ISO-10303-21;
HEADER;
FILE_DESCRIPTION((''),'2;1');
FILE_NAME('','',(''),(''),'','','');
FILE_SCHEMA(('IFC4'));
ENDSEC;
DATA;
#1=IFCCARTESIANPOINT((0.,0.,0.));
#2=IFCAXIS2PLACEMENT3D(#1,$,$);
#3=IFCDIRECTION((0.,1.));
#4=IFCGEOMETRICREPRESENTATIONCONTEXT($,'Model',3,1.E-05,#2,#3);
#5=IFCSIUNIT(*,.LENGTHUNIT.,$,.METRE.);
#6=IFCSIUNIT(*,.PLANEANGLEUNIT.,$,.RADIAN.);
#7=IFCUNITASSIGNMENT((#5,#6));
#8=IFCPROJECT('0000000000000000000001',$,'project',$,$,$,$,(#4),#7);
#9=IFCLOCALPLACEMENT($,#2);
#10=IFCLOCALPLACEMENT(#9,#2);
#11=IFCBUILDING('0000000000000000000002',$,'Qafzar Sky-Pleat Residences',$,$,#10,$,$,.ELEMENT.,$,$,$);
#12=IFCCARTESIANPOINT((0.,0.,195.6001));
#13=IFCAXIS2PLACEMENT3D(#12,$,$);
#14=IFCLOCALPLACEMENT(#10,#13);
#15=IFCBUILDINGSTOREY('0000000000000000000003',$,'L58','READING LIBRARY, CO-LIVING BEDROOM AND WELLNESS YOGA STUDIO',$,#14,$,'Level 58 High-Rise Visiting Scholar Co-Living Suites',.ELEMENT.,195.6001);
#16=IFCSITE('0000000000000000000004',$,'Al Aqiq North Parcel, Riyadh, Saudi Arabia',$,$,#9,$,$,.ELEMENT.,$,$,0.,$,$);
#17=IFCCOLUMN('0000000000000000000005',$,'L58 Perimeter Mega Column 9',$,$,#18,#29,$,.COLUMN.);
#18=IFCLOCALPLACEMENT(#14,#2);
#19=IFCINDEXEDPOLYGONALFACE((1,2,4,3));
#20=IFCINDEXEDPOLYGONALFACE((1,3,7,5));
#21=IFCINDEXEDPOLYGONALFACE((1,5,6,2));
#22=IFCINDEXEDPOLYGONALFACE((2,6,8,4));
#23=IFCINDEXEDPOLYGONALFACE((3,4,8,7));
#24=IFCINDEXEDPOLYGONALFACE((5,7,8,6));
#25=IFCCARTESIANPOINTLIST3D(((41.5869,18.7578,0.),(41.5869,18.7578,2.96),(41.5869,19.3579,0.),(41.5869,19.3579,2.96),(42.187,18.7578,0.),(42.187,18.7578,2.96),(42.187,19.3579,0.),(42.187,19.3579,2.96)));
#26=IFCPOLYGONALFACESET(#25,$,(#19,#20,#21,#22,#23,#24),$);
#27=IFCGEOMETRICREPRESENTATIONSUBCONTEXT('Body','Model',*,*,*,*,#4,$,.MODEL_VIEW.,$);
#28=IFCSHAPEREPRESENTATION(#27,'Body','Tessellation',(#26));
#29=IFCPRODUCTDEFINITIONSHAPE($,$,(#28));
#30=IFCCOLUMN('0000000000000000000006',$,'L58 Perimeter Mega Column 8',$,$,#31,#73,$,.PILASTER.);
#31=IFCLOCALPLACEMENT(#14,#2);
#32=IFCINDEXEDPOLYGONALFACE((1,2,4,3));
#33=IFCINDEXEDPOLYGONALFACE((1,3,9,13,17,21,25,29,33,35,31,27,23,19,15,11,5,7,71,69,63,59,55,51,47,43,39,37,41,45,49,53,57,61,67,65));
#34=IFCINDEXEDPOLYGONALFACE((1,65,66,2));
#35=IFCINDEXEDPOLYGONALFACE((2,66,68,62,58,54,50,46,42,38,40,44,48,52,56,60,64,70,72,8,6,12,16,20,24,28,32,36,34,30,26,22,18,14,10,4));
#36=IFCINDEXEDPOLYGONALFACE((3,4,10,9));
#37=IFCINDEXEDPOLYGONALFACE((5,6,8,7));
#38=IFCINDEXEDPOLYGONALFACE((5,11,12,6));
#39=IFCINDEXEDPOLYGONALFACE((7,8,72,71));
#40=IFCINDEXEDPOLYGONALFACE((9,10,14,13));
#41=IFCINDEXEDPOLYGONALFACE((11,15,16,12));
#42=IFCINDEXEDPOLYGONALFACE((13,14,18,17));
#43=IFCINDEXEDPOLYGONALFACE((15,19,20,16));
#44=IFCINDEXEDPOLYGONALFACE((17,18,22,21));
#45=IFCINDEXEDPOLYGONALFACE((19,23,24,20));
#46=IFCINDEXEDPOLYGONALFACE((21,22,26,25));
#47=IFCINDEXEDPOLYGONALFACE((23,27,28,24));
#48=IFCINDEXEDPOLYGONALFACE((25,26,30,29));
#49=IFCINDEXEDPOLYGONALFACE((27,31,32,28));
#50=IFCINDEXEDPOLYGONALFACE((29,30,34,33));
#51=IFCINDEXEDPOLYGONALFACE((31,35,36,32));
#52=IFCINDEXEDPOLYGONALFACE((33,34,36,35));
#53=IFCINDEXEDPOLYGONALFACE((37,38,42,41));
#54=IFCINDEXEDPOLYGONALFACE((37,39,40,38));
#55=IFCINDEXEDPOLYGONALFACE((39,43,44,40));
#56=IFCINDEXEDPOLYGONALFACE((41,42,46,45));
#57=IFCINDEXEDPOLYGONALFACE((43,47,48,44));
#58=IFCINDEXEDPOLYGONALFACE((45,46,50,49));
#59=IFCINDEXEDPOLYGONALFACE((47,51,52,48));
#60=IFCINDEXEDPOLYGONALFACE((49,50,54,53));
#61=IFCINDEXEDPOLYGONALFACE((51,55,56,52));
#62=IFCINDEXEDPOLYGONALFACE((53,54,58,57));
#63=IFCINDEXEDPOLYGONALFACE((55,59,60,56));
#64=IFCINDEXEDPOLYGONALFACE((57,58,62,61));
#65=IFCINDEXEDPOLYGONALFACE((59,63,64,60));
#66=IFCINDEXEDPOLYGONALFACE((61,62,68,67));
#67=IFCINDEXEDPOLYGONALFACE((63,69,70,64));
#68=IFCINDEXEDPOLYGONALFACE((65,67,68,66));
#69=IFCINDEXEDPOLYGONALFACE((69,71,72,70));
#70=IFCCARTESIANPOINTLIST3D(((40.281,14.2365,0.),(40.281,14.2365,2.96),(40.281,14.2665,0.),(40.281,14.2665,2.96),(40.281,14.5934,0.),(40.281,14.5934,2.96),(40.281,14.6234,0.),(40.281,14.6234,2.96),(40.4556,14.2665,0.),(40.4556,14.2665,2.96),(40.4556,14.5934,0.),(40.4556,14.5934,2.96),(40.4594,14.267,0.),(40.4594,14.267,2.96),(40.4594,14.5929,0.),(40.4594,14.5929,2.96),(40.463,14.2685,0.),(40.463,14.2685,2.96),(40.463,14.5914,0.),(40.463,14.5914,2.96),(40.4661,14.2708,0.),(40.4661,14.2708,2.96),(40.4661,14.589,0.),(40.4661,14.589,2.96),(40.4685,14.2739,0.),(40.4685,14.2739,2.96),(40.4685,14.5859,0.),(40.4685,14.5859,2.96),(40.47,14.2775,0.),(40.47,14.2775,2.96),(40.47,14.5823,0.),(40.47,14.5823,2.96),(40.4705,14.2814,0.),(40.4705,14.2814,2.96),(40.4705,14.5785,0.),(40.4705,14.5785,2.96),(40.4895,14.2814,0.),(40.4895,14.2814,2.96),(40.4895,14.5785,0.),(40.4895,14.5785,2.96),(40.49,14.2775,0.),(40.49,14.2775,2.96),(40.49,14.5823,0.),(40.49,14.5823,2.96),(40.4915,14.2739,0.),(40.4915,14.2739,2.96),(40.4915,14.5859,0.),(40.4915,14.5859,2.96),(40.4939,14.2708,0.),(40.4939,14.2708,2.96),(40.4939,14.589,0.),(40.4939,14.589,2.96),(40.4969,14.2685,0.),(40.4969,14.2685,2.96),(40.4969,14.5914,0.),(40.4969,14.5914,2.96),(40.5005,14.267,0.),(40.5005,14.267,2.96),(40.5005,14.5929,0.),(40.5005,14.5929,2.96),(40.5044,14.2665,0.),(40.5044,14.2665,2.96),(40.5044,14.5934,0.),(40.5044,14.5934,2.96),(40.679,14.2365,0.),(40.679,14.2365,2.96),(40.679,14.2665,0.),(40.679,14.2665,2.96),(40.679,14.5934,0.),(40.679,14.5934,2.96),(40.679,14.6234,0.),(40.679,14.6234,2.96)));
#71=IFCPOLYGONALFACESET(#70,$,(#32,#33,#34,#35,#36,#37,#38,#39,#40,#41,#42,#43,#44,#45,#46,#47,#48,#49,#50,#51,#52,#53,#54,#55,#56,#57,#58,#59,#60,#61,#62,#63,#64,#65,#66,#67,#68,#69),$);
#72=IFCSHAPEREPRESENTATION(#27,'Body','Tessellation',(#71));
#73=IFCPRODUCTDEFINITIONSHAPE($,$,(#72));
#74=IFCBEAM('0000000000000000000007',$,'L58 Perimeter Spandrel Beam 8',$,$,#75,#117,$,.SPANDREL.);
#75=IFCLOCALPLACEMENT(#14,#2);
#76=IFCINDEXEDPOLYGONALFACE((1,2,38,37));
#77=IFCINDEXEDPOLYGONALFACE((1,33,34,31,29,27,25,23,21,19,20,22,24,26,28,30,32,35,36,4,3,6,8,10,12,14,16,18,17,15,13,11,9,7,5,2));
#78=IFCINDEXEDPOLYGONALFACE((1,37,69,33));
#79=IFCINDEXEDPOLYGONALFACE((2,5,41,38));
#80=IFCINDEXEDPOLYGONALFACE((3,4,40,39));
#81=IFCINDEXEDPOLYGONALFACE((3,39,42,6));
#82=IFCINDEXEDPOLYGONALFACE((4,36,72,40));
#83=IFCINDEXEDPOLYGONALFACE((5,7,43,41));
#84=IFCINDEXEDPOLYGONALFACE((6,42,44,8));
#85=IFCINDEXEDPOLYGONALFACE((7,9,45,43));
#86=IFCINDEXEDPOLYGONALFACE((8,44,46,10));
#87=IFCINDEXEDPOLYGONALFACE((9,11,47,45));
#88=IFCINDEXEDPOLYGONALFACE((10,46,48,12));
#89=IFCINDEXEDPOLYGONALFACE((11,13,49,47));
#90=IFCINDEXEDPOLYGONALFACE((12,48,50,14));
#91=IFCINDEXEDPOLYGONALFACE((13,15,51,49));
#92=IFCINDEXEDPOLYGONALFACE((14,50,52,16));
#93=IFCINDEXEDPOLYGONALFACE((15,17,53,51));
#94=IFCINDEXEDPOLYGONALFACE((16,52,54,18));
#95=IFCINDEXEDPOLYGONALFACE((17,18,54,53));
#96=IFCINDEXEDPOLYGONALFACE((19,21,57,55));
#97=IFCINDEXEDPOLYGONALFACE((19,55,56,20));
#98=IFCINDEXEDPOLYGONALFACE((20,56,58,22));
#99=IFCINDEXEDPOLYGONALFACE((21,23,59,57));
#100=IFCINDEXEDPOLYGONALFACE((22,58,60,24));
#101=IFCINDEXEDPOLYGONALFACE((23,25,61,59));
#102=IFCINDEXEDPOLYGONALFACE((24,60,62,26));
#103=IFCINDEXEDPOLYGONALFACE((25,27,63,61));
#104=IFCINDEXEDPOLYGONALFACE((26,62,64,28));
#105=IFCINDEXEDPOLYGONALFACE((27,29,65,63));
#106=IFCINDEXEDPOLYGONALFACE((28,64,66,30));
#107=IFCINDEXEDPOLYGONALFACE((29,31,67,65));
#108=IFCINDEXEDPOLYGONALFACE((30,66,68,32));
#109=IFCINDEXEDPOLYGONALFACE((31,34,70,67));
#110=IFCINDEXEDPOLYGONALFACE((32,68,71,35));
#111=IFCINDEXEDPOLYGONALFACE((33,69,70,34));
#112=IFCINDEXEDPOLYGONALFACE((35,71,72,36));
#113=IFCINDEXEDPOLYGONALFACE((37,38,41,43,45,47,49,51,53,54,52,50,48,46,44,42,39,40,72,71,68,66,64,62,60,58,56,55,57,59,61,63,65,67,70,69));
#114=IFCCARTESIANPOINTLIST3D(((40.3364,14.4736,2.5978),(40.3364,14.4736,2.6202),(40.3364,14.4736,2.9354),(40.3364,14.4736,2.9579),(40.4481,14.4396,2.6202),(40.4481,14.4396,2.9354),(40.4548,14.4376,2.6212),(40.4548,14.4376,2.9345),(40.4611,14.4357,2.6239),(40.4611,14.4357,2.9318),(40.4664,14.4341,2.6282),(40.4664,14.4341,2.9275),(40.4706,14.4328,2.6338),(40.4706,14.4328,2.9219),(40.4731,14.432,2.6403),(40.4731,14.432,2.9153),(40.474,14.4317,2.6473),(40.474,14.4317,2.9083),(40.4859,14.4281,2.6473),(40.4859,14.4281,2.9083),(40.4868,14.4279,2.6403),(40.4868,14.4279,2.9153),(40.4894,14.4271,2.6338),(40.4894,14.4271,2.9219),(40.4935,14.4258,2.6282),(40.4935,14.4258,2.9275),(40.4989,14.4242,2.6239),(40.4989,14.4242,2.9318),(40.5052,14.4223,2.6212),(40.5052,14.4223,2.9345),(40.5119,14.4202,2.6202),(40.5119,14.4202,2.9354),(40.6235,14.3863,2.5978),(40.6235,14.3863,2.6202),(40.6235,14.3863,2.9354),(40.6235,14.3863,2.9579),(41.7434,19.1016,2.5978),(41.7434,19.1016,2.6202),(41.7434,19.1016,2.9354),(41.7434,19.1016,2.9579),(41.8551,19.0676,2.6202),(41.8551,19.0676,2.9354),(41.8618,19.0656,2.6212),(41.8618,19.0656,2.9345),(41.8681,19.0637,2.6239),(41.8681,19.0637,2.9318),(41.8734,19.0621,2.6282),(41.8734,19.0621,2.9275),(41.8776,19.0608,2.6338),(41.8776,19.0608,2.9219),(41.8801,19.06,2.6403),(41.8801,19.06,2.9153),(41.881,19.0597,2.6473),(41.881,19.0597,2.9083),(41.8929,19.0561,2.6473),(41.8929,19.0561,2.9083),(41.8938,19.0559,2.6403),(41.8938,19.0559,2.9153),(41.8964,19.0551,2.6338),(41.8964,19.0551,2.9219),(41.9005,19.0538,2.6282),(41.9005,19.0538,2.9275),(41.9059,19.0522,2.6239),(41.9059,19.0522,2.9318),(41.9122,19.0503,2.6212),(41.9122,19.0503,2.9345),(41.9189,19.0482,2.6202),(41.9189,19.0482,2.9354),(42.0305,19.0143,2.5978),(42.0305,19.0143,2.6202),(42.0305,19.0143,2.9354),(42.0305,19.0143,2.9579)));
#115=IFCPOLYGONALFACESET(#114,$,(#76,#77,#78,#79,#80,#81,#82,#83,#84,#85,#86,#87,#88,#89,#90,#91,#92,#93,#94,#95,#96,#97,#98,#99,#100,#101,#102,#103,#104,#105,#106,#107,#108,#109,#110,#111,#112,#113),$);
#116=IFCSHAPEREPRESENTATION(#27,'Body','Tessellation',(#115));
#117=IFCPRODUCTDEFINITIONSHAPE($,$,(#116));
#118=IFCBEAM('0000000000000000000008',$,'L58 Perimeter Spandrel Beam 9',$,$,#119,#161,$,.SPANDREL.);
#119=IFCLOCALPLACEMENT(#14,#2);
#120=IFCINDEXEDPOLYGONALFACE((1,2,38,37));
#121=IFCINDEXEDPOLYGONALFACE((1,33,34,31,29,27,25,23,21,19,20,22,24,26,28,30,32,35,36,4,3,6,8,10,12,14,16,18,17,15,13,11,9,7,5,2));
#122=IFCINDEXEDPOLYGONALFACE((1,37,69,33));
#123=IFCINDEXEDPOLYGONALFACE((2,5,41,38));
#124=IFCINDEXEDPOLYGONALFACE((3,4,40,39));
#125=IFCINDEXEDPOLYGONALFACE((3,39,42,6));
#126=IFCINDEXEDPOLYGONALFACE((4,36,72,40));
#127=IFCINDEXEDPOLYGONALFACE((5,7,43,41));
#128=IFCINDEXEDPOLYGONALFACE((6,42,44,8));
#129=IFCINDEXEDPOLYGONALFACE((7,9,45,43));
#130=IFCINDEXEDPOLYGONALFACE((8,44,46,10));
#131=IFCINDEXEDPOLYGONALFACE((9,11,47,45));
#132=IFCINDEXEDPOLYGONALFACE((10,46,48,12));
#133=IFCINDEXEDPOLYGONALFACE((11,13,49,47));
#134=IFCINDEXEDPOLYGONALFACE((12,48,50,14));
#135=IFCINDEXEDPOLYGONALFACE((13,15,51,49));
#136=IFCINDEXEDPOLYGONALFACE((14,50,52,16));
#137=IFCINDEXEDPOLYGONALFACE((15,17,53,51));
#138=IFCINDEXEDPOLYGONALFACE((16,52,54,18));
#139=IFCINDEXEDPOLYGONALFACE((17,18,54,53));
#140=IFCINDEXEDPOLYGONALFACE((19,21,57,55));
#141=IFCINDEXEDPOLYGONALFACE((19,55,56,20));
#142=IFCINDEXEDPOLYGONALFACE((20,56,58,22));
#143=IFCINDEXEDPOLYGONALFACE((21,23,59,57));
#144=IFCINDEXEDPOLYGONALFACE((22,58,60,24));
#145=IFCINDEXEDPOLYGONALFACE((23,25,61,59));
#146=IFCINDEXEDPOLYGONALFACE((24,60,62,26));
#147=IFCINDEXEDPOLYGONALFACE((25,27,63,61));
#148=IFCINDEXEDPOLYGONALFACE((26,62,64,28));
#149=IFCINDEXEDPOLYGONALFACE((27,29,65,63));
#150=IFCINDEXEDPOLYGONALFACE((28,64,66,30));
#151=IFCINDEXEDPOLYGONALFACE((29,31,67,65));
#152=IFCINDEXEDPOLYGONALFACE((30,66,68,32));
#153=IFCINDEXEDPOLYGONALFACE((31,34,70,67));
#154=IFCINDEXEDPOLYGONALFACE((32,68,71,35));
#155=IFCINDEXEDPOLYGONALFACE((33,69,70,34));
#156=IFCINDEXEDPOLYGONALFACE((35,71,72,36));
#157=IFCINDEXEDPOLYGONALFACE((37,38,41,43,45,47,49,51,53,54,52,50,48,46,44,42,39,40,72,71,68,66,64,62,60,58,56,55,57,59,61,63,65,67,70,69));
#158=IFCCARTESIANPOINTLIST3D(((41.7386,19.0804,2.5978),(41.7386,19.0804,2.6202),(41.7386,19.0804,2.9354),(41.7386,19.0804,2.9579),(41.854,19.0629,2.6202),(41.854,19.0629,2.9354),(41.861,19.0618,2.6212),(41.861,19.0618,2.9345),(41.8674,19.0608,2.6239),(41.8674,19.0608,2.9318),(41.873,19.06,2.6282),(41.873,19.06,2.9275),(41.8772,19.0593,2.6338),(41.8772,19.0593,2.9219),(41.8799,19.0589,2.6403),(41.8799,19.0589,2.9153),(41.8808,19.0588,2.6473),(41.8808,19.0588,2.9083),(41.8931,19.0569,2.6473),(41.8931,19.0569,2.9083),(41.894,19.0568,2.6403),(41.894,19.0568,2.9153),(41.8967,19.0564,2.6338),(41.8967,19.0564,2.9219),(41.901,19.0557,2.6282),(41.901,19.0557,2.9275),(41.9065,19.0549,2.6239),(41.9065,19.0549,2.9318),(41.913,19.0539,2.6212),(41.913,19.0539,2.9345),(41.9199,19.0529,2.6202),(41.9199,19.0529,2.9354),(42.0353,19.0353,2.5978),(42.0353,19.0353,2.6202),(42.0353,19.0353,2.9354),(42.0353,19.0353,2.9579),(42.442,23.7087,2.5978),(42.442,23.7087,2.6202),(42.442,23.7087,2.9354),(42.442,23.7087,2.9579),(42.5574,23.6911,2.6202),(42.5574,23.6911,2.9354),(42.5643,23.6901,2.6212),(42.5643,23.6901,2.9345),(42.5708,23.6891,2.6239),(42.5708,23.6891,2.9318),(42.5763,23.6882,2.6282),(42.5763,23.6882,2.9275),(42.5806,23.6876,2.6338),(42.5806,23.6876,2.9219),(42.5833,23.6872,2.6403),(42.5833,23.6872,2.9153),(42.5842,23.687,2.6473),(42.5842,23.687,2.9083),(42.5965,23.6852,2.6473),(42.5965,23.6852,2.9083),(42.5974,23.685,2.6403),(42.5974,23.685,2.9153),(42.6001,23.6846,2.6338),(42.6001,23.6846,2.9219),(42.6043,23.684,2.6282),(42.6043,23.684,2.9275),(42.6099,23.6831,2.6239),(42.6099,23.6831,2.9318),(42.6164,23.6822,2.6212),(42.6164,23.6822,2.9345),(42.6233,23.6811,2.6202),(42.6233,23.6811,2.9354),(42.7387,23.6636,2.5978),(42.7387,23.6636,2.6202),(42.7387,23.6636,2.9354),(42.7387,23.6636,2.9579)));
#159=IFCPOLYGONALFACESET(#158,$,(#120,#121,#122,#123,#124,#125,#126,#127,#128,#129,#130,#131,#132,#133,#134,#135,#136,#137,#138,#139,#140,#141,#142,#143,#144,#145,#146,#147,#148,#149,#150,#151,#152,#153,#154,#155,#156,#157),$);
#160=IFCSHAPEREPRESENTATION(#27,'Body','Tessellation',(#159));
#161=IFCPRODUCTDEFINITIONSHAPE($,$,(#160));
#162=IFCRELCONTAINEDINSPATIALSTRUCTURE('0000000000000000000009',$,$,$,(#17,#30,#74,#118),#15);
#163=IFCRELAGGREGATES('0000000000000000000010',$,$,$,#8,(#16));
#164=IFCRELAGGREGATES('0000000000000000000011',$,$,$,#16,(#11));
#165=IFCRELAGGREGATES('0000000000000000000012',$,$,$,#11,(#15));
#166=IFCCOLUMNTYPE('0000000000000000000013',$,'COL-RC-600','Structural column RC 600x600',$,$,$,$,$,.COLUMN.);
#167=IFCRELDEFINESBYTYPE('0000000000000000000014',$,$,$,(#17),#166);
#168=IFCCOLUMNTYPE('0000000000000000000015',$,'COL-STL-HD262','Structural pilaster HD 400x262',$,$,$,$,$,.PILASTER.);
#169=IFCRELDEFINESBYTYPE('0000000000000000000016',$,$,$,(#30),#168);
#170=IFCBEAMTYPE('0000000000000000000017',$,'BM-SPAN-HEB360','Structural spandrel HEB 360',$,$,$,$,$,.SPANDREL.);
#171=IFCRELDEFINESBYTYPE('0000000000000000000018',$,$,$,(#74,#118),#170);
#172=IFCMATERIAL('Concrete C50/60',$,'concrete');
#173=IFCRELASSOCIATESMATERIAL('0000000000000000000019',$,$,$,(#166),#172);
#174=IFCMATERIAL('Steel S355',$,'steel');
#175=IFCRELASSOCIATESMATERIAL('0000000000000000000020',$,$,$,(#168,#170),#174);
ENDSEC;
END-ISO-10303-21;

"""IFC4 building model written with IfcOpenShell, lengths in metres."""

from ifc_helpers import new_model, si_unit, direction, frame, origin, origin_2d, place, context, subcontext, project, spatial, rectangle, i_section, extrude, source, transform, mapped, material, material_profile, profile_set, type_object, element, save


model = new_model("IFC4")

# Units and contexts
model_context = context("Model", 3, precision=1e-05, world=origin(), true_north=direction((0.0, 1.0)))
body_context = subcontext(model_context, "Body", "Model", "MODEL_VIEW")
ifc_project = project(units=[si_unit("LENGTHUNIT", "METRE"), si_unit("PLANEANGLEUNIT", "RADIAN")], contexts=[model_context])

# Site, building, storey
site_placement = place(None, origin())
site = spatial("IfcSite", under=ifc_project, at=site_placement, Name="Al Aqiq North Parcel, Riyadh, Saudi Arabia", CompositionType="ELEMENT", RefElevation=0.0)
building_placement = place(site_placement, origin())
building = spatial("IfcBuilding", under=site, at=building_placement, Name="Qafzar Sky-Pleat Residences", CompositionType="ELEMENT")
storey_placement = place(building_placement, frame((0.0, 0.0, 195.6001)))
storey = spatial("IfcBuildingStorey", under=building, at=storey_placement, Name="L58", Description="READING LIBRARY, CO-LIVING BEDROOM AND WELLNESS YOGA STUDIO", LongName="Level 58 High-Rise Visiting Scholar Co-Living Suites", CompositionType="ELEMENT", Elevation=195.6001)

# Columns
ifc_material_1 = material(Name="Concrete C50/60", Category="concrete")
ifc_material_profile_1 = material_profile(ifc_material_1, rectangle(XDim=0.6001, YDim=0.6001, at=origin_2d()), Name="RC 600x600")
ifc_profile_set_1 = profile_set([ifc_material_profile_1], Name="Concrete C50/60")
column_type_1 = type_object("IfcColumnType", Name="COL-RC-600", Description="Structural column RC 600x600", PredefinedType="COLUMN", material=ifc_profile_set_1)
shared_shape_1 = source(origin(), body_context, "Body", "SweptSolid", [
    extrude(rectangle(XDim=0.6001, YDim=0.6001, at=origin_2d()), origin(), (0.0, 0.0, 1.0), 2.96),
])
column_1_placement = place(storey_placement, frame((41.887, 19.0579, 0.0), z_axis=(0.0, 0.0, 1.0), x_axis=(1.0, 0.0, 0.0)))
element("IfcColumn", 1, at=column_1_placement, inside=storey, type_object=column_type_1, Name="L58 Perimeter Mega Column 9", PredefinedType="COLUMN", context=body_context, shape_type="MappedRepresentation", body=[
    mapped(shared_shape_1, transform((0.0, 0.0, 0.0), x_axis=(1.0, 0.0, 0.0), y_axis=(0.0, 1.0, 0.0), z_axis=(0.0, 0.0, 1.0), scale=1.0)),
])
ifc_material_2 = material(Name="Steel S355", Category="steel")
ifc_material_profile_2 = material_profile(ifc_material_2, i_section(OverallWidth=0.3979, OverallDepth=0.387, WebThickness=0.019, FlangeThickness=0.03, FilletRadius=0.0149, at=origin_2d()), Name="HD 400x262")
ifc_profile_set_2 = profile_set([ifc_material_profile_2], Name="Steel S355")
column_type_2 = type_object("IfcColumnType", Name="COL-STL-HD262", Description="Structural pilaster HD 400x262", PredefinedType="PILASTER", material=ifc_profile_set_2)
shared_shape_2 = source(origin(), body_context, "Body", "SweptSolid", [
    extrude(i_section(OverallWidth=0.3979, OverallDepth=0.387, WebThickness=0.019, FlangeThickness=0.03, FilletRadius=0.0149, at=origin_2d()), origin(), (0.0, 0.0, 1.0), 2.96),
])
column_2_placement = place(storey_placement, frame((40.48, 14.4299, 0.0), z_axis=(0.0, 0.0, 1.0), x_axis=(1.0, 0.0, 0.0)))
element("IfcColumn", 2, at=column_2_placement, inside=storey, type_object=column_type_2, Name="L58 Perimeter Mega Column 8", PredefinedType="PILASTER", context=body_context, shape_type="MappedRepresentation", body=[
    mapped(shared_shape_2, transform((0.0, 0.0, 0.0), x_axis=(1.0, 0.0, 0.0), y_axis=(0.0, 1.0, 0.0), z_axis=(0.0, 0.0, 1.0), scale=1.0)),
])

# Beams
ifc_material_profile_3 = material_profile(ifc_material_2, i_section(OverallWidth=0.3, OverallDepth=0.3601, WebThickness=0.0125, FlangeThickness=0.0225, FilletRadius=0.0271, at=origin_2d()), Name="HEB 360")
ifc_profile_set_3 = profile_set([ifc_material_profile_3], Name="Steel S355")
beam_type_1 = type_object("IfcBeamType", Name="BM-SPAN-HEB360", Description="Structural spandrel HEB 360", PredefinedType="SPANDREL", material=ifc_profile_set_3)
shared_shape_3 = source(origin(), body_context, "Body", "SweptSolid", [
    extrude(i_section(OverallWidth=0.3, OverallDepth=0.3601, WebThickness=0.0125, FlangeThickness=0.0225, FilletRadius=0.0271, at=origin_2d()), origin(), (0.0, 0.0, 1.0), 4.8372),
])
beam_1_placement = place(storey_placement, frame((40.48, 14.4299, 2.7778), z_axis=(0.290874, 0.956761, 0.0), x_axis=(-0.956761, 0.290874, 0.0)))
element("IfcBeam", 3, at=beam_1_placement, inside=storey, type_object=beam_type_1, Name="L58 Perimeter Spandrel Beam 8", PredefinedType="SPANDREL", context=body_context, shape_type="MappedRepresentation", body=[
    mapped(shared_shape_3, transform((0.0, 0.0, 0.0), x_axis=(1.0, 0.0, 0.0), y_axis=(0.0, 1.0, 0.0), z_axis=(0.0, 0.0, 1.0), scale=1.0)),
])
shared_shape_4 = source(origin(), body_context, "Body", "SweptSolid", [
    extrude(i_section(OverallWidth=0.3, OverallDepth=0.3601, WebThickness=0.0125, FlangeThickness=0.0225, FilletRadius=0.0271, at=origin_2d()), origin(), (0.0, 0.0, 1.0), 4.6814),
])
beam_2_placement = place(storey_placement, frame((41.887, 19.0579, 2.7778), z_axis=(0.15025, 0.988648, 0.0), x_axis=(-0.988648, 0.15025, 0.0)))
element("IfcBeam", 4, at=beam_2_placement, inside=storey, type_object=beam_type_1, Name="L58 Perimeter Spandrel Beam 9", PredefinedType="SPANDREL", context=body_context, shape_type="MappedRepresentation", body=[
    mapped(shared_shape_4, transform((0.0, 0.0, 0.0), x_axis=(1.0, 0.0, 0.0), y_axis=(0.0, 1.0, 0.0), z_axis=(0.0, 0.0, 1.0), scale=1.0)),
])

save(model, "model.ifc")
